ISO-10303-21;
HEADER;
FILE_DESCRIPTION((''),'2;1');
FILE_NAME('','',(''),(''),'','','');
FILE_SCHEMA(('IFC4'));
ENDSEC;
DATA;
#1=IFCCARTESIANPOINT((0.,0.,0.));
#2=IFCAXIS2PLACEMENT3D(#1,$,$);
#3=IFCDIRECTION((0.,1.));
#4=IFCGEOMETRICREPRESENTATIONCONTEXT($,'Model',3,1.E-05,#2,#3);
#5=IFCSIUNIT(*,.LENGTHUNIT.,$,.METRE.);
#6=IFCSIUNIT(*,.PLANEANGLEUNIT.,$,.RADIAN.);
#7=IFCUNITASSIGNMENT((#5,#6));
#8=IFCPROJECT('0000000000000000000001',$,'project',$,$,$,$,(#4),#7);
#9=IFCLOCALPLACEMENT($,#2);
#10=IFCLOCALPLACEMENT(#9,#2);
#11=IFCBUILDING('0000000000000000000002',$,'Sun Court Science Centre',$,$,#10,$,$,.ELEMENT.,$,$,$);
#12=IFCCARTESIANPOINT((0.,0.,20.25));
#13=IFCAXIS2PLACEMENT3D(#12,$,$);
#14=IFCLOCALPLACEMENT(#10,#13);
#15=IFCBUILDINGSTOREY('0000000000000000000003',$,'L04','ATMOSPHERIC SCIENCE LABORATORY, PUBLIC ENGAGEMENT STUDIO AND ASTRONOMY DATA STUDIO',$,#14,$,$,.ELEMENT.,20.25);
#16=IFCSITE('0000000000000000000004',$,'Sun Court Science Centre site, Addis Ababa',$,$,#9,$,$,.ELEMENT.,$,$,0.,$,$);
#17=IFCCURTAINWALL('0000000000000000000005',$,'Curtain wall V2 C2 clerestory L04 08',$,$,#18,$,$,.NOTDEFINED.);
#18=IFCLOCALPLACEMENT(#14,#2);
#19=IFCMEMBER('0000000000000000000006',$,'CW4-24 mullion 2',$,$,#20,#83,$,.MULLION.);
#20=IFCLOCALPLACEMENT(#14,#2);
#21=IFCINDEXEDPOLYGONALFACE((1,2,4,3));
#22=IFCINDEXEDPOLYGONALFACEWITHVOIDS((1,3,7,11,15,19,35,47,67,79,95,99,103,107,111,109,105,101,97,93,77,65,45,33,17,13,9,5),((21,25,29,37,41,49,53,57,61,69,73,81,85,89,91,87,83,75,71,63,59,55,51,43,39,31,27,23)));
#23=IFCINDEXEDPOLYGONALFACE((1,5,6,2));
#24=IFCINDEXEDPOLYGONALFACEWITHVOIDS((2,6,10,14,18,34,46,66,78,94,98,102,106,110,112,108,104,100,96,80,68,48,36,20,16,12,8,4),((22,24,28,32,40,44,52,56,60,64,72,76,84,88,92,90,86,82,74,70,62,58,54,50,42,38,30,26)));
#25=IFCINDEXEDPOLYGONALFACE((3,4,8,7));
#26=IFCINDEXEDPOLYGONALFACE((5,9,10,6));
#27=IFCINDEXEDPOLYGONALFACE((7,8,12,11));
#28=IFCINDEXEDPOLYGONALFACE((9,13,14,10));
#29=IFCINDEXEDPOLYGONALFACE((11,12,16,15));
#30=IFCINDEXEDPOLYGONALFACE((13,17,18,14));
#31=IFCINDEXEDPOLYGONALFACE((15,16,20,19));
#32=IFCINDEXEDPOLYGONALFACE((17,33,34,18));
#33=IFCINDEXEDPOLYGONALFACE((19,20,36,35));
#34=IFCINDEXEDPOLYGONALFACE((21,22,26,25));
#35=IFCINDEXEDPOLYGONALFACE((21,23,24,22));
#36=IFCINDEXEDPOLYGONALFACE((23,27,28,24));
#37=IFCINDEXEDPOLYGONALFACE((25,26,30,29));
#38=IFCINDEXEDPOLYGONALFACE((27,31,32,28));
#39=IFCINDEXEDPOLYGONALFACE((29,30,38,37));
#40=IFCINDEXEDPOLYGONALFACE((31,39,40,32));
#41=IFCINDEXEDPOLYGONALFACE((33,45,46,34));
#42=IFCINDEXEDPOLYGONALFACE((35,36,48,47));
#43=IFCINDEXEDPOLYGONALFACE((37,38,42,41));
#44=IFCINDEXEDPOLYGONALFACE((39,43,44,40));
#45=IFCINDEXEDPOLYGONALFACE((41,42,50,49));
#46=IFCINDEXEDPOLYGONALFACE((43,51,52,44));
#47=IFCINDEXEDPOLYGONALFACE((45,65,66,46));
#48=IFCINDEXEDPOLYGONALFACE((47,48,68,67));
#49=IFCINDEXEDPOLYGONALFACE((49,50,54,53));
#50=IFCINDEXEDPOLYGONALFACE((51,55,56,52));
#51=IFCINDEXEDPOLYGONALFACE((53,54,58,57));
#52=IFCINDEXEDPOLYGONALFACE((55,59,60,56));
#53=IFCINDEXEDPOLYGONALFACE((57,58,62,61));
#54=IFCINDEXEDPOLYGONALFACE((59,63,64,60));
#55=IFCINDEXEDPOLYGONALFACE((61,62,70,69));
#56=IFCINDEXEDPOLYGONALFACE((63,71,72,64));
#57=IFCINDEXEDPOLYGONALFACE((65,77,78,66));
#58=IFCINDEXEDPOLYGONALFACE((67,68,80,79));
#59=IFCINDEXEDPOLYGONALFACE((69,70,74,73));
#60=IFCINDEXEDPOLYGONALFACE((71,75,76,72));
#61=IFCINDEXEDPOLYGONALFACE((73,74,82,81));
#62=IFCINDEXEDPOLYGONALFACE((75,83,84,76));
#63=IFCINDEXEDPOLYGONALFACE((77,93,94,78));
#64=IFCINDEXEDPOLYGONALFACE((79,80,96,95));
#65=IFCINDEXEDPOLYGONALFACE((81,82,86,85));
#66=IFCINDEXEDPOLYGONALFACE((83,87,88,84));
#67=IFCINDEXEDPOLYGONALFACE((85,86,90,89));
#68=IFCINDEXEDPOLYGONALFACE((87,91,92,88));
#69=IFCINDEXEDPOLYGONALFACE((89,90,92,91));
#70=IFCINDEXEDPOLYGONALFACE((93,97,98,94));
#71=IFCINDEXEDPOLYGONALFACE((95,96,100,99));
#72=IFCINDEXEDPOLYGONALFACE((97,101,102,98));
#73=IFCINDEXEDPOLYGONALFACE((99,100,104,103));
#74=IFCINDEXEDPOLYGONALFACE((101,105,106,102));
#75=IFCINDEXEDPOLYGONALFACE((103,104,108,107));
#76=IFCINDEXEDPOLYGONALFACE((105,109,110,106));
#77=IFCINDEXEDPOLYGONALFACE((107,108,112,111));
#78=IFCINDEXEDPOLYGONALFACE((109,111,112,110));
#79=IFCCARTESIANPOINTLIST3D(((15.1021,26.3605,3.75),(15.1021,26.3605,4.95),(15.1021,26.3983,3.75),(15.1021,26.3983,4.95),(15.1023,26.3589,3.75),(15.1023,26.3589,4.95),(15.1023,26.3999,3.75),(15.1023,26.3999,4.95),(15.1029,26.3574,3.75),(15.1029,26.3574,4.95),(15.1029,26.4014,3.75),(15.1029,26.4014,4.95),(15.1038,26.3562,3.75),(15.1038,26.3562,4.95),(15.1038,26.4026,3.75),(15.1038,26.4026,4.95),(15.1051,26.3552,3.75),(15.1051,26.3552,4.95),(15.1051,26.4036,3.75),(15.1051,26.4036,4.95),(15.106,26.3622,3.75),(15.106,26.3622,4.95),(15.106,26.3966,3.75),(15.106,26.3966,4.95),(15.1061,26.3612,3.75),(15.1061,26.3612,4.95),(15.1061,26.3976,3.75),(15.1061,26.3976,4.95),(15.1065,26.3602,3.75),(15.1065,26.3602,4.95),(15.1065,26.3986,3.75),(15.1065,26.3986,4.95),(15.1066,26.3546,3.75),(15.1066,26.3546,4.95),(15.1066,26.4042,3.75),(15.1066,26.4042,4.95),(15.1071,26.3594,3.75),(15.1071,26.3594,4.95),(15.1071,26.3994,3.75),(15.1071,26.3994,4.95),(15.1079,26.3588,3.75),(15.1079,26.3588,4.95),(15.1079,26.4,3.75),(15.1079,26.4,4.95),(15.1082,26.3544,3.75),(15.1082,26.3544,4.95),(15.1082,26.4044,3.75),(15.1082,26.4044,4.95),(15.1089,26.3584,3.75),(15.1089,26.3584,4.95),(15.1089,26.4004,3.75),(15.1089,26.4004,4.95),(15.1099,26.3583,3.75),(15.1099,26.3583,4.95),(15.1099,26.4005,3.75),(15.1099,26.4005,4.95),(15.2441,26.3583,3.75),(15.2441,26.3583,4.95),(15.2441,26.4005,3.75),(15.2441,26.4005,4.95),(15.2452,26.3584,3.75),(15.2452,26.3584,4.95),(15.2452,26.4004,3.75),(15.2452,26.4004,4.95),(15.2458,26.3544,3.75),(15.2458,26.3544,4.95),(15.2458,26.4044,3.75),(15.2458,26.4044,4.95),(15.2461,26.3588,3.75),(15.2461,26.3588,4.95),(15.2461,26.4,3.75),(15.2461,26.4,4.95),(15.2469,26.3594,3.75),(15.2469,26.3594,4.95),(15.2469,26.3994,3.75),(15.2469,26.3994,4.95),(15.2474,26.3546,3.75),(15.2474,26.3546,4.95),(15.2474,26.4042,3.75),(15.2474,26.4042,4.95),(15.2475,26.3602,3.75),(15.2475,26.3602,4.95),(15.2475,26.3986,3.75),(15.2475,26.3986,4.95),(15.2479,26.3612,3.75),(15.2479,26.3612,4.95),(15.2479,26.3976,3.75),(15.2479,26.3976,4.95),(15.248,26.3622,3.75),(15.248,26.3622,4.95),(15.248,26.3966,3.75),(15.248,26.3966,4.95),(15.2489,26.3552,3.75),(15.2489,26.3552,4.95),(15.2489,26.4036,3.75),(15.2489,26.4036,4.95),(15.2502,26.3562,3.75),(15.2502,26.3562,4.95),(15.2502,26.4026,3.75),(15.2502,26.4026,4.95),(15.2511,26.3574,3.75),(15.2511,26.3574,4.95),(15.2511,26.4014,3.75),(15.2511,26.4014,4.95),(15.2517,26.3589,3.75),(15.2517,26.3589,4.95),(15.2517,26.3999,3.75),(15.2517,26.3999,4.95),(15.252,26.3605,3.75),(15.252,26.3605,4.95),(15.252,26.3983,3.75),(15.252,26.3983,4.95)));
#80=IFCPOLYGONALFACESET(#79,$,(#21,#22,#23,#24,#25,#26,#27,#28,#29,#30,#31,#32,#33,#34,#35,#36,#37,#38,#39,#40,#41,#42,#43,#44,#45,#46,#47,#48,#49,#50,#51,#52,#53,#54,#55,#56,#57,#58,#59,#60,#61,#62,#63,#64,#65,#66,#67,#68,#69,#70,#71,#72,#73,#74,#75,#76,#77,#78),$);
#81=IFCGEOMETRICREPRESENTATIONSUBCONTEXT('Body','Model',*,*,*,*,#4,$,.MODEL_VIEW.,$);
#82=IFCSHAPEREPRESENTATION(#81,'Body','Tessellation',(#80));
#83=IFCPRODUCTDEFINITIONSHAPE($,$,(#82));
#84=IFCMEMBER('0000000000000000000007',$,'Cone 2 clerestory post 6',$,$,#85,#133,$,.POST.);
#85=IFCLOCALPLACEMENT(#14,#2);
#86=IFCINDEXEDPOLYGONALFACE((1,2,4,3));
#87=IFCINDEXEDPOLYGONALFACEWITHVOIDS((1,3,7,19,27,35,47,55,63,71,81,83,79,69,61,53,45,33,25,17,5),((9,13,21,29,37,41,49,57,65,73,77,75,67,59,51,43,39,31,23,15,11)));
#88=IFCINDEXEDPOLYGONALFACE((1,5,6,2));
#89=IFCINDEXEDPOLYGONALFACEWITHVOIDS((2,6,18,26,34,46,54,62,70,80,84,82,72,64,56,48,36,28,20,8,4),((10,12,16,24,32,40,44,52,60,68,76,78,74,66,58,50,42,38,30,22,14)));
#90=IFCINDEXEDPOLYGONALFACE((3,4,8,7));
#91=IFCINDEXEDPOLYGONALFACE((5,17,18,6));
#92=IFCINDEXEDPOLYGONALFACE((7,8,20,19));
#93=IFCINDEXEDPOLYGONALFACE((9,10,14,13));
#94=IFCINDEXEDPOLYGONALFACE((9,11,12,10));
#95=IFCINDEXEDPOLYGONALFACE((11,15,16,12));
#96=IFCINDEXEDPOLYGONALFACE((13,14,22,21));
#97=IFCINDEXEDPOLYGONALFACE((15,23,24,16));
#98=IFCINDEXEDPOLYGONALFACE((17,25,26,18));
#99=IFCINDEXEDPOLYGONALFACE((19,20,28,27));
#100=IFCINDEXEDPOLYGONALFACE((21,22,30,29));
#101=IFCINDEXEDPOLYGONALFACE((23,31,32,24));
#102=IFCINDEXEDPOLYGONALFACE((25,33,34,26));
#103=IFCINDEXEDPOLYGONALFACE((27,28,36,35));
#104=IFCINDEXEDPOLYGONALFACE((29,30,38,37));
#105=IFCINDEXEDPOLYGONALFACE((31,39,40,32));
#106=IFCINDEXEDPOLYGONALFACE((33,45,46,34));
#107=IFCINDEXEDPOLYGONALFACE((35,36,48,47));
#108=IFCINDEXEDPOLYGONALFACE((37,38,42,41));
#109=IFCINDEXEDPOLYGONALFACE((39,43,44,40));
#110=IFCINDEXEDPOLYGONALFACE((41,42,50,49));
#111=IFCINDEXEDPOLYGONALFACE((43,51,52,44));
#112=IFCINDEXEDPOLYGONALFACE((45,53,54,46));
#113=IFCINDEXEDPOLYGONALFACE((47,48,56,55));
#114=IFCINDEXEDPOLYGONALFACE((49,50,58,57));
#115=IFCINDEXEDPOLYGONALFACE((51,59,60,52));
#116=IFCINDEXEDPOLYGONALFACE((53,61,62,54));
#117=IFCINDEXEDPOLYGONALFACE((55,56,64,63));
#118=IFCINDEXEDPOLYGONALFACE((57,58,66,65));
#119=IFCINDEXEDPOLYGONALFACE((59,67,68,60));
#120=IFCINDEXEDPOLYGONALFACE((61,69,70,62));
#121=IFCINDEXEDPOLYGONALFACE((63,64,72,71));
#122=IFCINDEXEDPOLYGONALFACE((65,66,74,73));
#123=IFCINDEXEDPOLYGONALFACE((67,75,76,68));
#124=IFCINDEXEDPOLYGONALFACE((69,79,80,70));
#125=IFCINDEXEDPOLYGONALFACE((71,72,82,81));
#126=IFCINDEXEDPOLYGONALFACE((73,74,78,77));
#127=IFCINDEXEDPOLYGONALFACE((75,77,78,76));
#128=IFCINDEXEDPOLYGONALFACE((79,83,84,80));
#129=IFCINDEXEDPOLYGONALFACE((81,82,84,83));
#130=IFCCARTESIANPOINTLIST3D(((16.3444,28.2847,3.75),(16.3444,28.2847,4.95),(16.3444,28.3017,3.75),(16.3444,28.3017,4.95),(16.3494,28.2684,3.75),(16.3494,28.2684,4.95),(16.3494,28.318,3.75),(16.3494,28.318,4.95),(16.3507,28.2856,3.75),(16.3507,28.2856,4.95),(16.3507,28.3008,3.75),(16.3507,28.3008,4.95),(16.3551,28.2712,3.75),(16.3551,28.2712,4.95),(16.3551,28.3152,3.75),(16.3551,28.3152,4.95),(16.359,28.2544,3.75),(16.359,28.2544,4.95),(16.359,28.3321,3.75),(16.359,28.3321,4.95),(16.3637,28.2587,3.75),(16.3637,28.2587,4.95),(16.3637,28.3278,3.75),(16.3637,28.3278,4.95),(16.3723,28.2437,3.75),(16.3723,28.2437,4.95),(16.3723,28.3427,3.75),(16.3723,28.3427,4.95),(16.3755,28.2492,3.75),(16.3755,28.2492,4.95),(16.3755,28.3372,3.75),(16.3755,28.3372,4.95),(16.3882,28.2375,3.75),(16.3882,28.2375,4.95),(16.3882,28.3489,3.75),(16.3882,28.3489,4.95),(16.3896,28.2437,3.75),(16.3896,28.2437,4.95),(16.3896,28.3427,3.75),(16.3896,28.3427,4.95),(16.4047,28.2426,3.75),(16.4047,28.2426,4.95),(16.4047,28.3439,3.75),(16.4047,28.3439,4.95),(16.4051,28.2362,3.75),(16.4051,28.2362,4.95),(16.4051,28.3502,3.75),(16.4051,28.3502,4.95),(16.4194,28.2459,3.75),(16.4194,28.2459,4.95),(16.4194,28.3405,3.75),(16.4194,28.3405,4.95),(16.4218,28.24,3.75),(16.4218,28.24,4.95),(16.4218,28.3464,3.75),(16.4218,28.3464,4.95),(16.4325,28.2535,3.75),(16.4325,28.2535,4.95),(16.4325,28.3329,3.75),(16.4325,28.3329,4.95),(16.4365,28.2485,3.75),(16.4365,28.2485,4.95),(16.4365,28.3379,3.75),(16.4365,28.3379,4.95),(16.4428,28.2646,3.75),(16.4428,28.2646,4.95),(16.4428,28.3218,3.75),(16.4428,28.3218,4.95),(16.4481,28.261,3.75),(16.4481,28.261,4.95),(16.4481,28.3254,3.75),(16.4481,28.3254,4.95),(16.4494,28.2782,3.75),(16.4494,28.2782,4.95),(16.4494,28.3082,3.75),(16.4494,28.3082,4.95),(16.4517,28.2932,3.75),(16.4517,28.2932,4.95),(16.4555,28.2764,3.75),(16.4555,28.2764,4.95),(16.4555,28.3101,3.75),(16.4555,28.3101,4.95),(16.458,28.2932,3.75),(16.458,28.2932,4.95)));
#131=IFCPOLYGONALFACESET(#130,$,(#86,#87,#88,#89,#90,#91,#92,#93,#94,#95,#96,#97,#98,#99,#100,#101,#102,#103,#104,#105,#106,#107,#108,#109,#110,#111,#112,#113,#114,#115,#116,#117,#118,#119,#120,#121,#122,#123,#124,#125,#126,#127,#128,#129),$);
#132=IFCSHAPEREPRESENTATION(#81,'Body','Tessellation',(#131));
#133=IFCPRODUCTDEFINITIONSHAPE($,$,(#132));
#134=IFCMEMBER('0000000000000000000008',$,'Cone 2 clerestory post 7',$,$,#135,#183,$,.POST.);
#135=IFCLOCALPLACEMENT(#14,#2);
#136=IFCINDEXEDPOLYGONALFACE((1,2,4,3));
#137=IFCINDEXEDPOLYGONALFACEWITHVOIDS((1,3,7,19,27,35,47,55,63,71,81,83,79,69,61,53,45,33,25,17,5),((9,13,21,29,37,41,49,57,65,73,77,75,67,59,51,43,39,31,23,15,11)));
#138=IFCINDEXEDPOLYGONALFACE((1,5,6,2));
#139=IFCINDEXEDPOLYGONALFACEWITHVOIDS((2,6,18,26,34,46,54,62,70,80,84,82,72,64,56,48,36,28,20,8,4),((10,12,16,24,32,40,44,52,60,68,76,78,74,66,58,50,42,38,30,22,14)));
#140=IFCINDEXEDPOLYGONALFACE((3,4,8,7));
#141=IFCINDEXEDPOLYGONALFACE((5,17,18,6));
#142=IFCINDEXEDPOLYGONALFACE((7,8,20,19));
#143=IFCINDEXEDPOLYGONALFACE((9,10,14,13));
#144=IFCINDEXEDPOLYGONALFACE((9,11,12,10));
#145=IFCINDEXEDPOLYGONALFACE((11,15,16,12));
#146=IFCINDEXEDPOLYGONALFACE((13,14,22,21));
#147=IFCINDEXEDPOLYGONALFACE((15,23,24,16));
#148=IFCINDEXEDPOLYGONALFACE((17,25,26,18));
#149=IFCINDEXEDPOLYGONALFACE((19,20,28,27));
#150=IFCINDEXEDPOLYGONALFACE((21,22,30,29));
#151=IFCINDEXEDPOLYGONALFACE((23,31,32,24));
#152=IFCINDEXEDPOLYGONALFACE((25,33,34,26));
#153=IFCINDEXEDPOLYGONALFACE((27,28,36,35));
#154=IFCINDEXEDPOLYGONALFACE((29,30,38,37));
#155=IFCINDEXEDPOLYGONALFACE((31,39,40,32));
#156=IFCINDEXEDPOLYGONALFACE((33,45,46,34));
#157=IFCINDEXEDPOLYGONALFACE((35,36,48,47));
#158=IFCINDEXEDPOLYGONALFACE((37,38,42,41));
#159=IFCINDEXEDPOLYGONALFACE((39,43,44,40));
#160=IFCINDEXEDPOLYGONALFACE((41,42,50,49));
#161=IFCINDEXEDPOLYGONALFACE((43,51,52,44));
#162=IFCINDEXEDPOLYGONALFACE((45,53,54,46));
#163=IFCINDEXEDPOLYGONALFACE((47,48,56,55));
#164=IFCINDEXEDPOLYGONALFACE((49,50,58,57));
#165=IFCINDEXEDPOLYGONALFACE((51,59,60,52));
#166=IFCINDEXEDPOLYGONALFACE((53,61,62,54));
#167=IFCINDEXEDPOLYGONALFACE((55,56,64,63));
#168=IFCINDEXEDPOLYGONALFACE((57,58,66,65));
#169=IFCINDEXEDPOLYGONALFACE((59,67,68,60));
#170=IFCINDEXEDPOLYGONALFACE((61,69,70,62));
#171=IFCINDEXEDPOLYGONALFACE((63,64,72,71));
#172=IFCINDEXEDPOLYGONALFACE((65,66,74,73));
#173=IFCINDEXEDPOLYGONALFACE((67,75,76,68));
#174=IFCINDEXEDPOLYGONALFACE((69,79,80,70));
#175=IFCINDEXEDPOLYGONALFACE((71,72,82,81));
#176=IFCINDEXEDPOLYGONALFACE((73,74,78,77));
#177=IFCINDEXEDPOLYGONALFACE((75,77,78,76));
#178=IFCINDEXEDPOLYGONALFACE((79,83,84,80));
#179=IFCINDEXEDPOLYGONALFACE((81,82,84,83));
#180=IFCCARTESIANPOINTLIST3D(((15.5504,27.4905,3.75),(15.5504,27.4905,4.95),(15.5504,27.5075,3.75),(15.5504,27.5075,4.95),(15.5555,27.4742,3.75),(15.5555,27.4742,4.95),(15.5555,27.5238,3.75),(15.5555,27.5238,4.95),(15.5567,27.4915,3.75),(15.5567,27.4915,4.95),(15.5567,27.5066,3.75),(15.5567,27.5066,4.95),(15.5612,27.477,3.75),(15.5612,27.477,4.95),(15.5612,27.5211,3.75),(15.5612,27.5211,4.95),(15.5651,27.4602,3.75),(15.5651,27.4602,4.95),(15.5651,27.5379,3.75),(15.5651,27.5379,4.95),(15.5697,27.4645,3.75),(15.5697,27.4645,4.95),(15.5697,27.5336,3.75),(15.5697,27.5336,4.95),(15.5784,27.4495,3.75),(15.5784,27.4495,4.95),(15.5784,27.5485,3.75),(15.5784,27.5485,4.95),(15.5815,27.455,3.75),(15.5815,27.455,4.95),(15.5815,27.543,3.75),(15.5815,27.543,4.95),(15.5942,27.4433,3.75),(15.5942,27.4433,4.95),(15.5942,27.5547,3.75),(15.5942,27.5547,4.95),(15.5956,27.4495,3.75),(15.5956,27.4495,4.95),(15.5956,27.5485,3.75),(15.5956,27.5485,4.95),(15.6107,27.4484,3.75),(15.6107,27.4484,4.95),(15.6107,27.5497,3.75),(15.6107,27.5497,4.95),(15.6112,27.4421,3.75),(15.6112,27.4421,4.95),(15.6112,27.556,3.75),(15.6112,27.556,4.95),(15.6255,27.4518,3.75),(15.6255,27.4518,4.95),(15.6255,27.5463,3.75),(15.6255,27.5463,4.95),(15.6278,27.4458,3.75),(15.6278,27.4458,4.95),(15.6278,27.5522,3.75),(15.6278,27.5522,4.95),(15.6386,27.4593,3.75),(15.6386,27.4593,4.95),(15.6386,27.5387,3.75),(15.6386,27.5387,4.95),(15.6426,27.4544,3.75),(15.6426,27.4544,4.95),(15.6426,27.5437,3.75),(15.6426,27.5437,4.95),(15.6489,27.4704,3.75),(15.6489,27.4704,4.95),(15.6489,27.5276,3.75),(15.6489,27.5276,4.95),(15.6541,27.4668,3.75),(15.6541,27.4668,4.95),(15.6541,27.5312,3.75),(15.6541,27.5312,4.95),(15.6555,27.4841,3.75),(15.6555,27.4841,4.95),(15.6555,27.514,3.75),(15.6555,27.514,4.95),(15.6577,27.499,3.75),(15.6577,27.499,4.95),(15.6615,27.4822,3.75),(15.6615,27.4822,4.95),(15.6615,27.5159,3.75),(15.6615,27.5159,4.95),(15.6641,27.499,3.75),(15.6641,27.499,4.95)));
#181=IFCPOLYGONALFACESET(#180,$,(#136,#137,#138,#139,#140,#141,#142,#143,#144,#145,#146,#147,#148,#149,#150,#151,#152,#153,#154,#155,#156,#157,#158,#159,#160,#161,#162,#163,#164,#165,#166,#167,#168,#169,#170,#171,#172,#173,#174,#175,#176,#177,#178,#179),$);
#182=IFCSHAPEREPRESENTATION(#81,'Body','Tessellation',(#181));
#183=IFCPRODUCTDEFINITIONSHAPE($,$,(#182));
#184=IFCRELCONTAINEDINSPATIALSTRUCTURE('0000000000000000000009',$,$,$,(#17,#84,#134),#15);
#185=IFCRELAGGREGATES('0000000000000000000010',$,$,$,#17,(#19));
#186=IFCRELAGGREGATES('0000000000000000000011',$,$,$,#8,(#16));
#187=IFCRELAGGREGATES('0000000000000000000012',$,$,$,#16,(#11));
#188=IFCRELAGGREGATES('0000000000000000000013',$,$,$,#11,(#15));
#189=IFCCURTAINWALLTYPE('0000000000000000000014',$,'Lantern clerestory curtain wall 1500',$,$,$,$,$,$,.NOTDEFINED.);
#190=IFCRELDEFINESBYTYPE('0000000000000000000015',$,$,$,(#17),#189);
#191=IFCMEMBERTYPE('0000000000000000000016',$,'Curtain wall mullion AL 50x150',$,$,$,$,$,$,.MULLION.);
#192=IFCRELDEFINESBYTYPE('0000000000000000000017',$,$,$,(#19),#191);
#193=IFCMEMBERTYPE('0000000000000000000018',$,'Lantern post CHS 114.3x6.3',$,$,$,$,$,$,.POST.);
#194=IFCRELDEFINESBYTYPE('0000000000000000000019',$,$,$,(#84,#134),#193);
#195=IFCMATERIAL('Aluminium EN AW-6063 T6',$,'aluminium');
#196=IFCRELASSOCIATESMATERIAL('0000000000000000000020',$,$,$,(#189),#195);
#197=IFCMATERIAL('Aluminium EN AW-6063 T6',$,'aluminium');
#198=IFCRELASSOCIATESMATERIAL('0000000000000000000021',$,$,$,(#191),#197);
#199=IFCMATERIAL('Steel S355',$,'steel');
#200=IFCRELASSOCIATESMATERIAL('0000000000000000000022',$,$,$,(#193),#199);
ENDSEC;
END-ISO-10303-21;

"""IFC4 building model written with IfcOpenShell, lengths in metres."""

from ifc_helpers import new_model, si_unit, direction, frame, origin, origin_2d, place, context, subcontext, project, spatial, hollow_rectangle, hollow_circle, extrude, material, material_profile, profile_set, type_object, element, aggregate, save


model = new_model("IFC4")

# Units and contexts
model_context = context("Model", 3, precision=1e-05, world=origin(), true_north=direction((0.0, 1.0)))
body_context = subcontext(model_context, "Body", "Model", "MODEL_VIEW")
ifc_project = project(units=[si_unit("LENGTHUNIT", "METRE"), si_unit("PLANEANGLEUNIT", "RADIAN")], contexts=[model_context])

# Site, building, storey
site_placement = place(None, origin())
site = spatial("IfcSite", under=ifc_project, at=site_placement, Name="Sun Court Science Centre site, Addis Ababa", CompositionType="ELEMENT", RefElevation=0.0)
building_placement = place(site_placement, origin())
building = spatial("IfcBuilding", under=site, at=building_placement, Name="Sun Court Science Centre", CompositionType="ELEMENT")
storey_placement = place(building_placement, frame((0.0, 0.0, 20.25)))
storey = spatial("IfcBuildingStorey", under=building, at=storey_placement, Name="L04", Description="ATMOSPHERIC SCIENCE LABORATORY, PUBLIC ENGAGEMENT STUDIO AND ASTRONOMY DATA STUDIO", CompositionType="ELEMENT", Elevation=20.25)

# Shared definitions
ifc_material_1 = material(Name="Aluminium EN AW-6063 T6", Category="aluminium")
curtain_wall_type = type_object("IfcCurtainWallType", Name="Lantern clerestory curtain wall 1500", PredefinedType="NOTDEFINED", material=ifc_material_1)
ifc_material_2 = material(Name="Aluminium EN AW-6063 T6", Category="aluminium")
ifc_material_profile_1 = material_profile(ifc_material_2, hollow_rectangle(XDim=0.05, YDim=0.1499, WallThickness=0.0039, InnerFilletRadius=0.0039, OuterFilletRadius=0.0061, at=origin_2d()), Name="AL 50x150x4")
ifc_profile_set_1 = profile_set([ifc_material_profile_1], Name="Aluminium EN AW-6063 T6")
member_type_1 = type_object("IfcMemberType", Name="Curtain wall mullion AL 50x150", PredefinedType="MULLION", material=ifc_profile_set_1)

# Curtain wall, member
curtain_wall_1_placement = place(storey_placement, origin())
curtain_wall_1 = element("IfcCurtainWall", 1, at=curtain_wall_1_placement, inside=storey, type_object=curtain_wall_type, Name="Curtain wall V2 C2 clerestory L04 08", PredefinedType="NOTDEFINED")
member_1_placement = place(storey_placement, frame((15.177, 26.3794, 3.75), z_axis=(0.0, 0.0, 1.0), x_axis=(0.0, 1.0, 0.0)))
member_1 = element("IfcMember", 2, at=member_1_placement, type_object=member_type_1, Name="CW4-24 mullion 2", PredefinedType="MULLION", context=body_context, shape_type="SweptSolid", body=[
    extrude(hollow_rectangle(XDim=0.05, YDim=0.1499, WallThickness=0.0039, InnerFilletRadius=0.0039, OuterFilletRadius=0.0061, at=origin_2d()), origin(), (0.0, 0.0, 1.0), 1.2),
])
aggregate(curtain_wall_1, [member_1])

# Members
ifc_material_3 = material(Name="Steel S355", Category="steel")
ifc_material_profile_2 = material_profile(ifc_material_3, hollow_circle(Radius=0.0571, WallThickness=0.0063, at=origin_2d()), Name="CHS 114.3x6.3")
ifc_profile_set_2 = profile_set([ifc_material_profile_2], Name="Steel S355")
member_type_2 = type_object("IfcMemberType", Name="Lantern post CHS 114.3x6.3", PredefinedType="POST", material=ifc_profile_set_2)
for number, where, z_axis, x_axis, name in (
    (3, (16.4009, 28.2932, 3.75), (0.0, 0.0, 1.0), (1.0, 0.0, 0.0), "Cone 2 clerestory post 6"),
    (4, (15.6069, 27.499, 3.75), (0.0, 0.0, 1.0), (1.0, 0.0, 0.0), "Cone 2 clerestory post 7"),
):
    element("IfcMember", number, at=place(storey_placement, frame(where, z_axis=z_axis, x_axis=x_axis)), inside=storey, type_object=member_type_2, Name=name, PredefinedType="POST", context=body_context, shape_type="SweptSolid", body=[
        extrude(hollow_circle(Radius=0.0571, WallThickness=0.0063, at=origin_2d()), origin(), (0.0, 0.0, 1.0), 1.2),
    ])

save(model, "model.ifc")
